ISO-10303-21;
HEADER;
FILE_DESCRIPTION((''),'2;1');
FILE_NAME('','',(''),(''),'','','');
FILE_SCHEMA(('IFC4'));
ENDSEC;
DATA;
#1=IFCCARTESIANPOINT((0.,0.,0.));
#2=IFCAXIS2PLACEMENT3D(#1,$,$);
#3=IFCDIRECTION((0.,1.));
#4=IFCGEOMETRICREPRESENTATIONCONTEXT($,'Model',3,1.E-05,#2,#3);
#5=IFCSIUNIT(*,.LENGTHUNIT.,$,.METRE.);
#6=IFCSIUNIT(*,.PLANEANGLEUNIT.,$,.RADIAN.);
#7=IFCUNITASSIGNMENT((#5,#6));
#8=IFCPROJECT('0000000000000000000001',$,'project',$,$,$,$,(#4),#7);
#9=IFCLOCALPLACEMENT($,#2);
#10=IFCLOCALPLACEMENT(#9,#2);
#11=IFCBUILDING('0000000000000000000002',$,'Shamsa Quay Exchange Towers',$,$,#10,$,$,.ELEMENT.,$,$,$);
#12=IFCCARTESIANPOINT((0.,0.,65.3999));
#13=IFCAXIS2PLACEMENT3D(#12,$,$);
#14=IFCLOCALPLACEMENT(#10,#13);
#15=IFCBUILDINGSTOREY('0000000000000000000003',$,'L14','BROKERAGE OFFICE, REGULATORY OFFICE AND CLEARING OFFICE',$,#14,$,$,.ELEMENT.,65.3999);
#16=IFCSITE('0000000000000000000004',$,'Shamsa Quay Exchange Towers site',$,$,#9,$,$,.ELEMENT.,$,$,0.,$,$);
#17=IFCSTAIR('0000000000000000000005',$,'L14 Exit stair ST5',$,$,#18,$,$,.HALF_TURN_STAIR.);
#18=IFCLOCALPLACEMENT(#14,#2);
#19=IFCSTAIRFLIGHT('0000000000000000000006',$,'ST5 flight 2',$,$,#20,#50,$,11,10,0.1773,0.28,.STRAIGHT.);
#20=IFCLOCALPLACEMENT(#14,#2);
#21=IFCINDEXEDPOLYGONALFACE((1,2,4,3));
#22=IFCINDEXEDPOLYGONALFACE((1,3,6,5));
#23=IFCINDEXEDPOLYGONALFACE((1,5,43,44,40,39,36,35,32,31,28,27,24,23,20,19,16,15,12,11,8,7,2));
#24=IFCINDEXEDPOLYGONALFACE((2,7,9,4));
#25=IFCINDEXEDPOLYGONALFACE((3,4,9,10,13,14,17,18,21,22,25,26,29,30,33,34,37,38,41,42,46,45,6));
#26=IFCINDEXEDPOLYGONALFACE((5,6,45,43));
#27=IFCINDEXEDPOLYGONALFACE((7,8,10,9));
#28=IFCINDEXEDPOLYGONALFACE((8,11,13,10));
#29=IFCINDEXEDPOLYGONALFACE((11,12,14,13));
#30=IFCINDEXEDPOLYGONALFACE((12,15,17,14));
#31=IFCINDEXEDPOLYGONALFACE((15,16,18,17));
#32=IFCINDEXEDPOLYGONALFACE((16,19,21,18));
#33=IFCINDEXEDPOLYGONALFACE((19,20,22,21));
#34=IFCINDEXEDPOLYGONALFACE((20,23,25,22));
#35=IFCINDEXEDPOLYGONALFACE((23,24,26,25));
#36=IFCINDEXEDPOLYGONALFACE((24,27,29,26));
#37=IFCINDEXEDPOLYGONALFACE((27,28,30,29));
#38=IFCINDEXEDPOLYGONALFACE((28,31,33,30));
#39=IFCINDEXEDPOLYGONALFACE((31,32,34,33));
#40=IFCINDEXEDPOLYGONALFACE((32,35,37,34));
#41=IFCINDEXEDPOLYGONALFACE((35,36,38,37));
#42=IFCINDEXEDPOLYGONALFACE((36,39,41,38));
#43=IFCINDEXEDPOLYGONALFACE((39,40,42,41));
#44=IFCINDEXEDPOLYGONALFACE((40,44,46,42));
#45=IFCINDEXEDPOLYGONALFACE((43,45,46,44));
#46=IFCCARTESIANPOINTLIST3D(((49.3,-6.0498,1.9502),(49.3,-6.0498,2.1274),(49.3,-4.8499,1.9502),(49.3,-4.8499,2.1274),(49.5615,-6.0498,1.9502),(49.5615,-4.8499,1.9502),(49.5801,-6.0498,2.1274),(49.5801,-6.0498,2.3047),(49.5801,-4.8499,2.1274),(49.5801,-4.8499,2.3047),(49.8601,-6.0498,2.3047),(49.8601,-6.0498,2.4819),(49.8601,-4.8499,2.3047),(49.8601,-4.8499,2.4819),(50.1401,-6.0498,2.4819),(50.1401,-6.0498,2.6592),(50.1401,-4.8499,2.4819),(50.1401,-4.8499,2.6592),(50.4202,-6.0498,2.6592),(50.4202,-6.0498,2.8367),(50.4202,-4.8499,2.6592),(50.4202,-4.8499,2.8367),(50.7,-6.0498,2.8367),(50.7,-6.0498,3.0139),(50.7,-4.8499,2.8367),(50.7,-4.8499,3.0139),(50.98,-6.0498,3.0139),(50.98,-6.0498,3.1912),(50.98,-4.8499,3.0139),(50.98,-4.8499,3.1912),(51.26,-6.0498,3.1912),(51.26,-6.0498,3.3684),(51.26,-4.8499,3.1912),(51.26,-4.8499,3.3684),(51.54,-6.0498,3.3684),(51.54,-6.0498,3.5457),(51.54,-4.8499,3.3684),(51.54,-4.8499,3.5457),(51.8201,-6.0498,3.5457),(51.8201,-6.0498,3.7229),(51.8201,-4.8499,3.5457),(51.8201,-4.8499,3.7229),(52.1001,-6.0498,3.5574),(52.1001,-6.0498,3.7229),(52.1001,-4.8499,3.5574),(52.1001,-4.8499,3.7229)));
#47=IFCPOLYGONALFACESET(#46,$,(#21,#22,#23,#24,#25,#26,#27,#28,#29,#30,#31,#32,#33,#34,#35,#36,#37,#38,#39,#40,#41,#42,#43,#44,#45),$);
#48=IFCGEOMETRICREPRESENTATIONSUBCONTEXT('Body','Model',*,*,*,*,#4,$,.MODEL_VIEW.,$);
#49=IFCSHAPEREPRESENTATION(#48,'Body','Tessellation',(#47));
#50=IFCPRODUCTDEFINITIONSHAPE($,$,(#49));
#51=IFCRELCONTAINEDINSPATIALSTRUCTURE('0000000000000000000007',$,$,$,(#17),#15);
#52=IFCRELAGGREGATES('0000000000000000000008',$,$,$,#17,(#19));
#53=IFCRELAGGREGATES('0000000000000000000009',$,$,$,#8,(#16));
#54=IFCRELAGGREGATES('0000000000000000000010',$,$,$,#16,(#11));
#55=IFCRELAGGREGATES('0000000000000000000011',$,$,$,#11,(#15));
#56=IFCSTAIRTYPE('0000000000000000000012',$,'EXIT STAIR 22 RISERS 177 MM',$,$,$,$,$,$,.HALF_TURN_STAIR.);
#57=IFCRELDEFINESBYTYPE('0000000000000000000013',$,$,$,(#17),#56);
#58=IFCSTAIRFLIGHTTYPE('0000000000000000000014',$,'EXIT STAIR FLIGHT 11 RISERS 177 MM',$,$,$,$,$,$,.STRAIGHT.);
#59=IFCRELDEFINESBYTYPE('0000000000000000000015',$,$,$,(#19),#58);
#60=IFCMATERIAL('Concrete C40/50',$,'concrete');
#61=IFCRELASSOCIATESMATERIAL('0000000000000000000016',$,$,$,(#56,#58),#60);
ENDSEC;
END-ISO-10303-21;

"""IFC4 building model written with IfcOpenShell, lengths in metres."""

from ifc_helpers import new_model, si_unit, direction, frame, origin, place, context, subcontext, project, spatial, polyline, outline, extrude, material, type_object, element, aggregate, save


model = new_model("IFC4")

# Units and contexts
model_context = context("Model", 3, precision=1e-05, world=origin(), true_north=direction((0.0, 1.0)))
body_context = subcontext(model_context, "Body", "Model", "MODEL_VIEW")
ifc_project = project(units=[si_unit("LENGTHUNIT", "METRE"), si_unit("PLANEANGLEUNIT", "RADIAN")], contexts=[model_context])

# Site, building, storey
site_placement = place(None, origin())
site = spatial("IfcSite", under=ifc_project, at=site_placement, Name="Shamsa Quay Exchange Towers site", CompositionType="ELEMENT", RefElevation=0.0)
building_placement = place(site_placement, origin())
building = spatial("IfcBuilding", under=site, at=building_placement, Name="Shamsa Quay Exchange Towers", CompositionType="ELEMENT")
storey_placement = place(building_placement, frame((0.0, 0.0, 65.3999)))
storey = spatial("IfcBuildingStorey", under=building, at=storey_placement, Name="L14", Description="BROKERAGE OFFICE, REGULATORY OFFICE AND CLEARING OFFICE", CompositionType="ELEMENT", Elevation=65.3999)

# Stair, stair flight
ifc_material_1 = material(Name="Concrete C40/50", Category="concrete")
stair_type = type_object("IfcStairType", Name="EXIT STAIR 22 RISERS 177 MM", PredefinedType="HALF_TURN_STAIR", material=ifc_material_1)
stair_placement = place(storey_placement, origin())
stair = element("IfcStair", 1, at=stair_placement, inside=storey, type_object=stair_type, Name="L14 Exit stair ST5", PredefinedType="HALF_TURN_STAIR")
stair_flight_type = type_object("IfcStairFlightType", Name="EXIT STAIR FLIGHT 11 RISERS 177 MM", PredefinedType="STRAIGHT", material=ifc_material_1)
stair_flight_1_placement = place(storey_placement, frame((49.3, -5.45, 1.9502)))
stair_flight_1 = element("IfcStairFlight", 2, at=stair_flight_1_placement, type_object=stair_flight_type, Name="ST5 flight 2", NumberOfRisers=11, NumberOfTreads=10, PredefinedType="STRAIGHT", RiserHeight=0.1773, TreadLength=0.28, context=body_context, shape_type="SweptSolid", body=[
    extrude(outline(polyline([(0.0, 0.0), (0.0, 0.1772), (0.28, 0.1772), (0.28, 0.3545), (0.5601, 0.3545), (0.5601, 0.5317), (0.8401, 0.5317), (0.8401, 0.709), (1.1201, 0.709), (1.1201, 0.8865), (1.3999, 0.8865), (1.3999, 1.0637), (1.6799, 1.0637), (1.6799, 1.241), (1.96, 1.241), (1.96, 1.4182), (2.24, 1.4182), (2.24, 1.5955), (2.52, 1.5955), (2.52, 1.7727), (2.8, 1.7727), (2.8, 1.95), (2.8, 1.6072), (0.2615, 0.0), (0.0, 0.0)])), frame((0.0, 0.6001, 0.0), z_axis=(0.0, -1.0, 0.0), x_axis=(1.0, 0.0, 0.0)), (0.0, 0.0, 1.0), 1.2),
])
aggregate(stair, [stair_flight_1])

save(model, "model.ifc")
